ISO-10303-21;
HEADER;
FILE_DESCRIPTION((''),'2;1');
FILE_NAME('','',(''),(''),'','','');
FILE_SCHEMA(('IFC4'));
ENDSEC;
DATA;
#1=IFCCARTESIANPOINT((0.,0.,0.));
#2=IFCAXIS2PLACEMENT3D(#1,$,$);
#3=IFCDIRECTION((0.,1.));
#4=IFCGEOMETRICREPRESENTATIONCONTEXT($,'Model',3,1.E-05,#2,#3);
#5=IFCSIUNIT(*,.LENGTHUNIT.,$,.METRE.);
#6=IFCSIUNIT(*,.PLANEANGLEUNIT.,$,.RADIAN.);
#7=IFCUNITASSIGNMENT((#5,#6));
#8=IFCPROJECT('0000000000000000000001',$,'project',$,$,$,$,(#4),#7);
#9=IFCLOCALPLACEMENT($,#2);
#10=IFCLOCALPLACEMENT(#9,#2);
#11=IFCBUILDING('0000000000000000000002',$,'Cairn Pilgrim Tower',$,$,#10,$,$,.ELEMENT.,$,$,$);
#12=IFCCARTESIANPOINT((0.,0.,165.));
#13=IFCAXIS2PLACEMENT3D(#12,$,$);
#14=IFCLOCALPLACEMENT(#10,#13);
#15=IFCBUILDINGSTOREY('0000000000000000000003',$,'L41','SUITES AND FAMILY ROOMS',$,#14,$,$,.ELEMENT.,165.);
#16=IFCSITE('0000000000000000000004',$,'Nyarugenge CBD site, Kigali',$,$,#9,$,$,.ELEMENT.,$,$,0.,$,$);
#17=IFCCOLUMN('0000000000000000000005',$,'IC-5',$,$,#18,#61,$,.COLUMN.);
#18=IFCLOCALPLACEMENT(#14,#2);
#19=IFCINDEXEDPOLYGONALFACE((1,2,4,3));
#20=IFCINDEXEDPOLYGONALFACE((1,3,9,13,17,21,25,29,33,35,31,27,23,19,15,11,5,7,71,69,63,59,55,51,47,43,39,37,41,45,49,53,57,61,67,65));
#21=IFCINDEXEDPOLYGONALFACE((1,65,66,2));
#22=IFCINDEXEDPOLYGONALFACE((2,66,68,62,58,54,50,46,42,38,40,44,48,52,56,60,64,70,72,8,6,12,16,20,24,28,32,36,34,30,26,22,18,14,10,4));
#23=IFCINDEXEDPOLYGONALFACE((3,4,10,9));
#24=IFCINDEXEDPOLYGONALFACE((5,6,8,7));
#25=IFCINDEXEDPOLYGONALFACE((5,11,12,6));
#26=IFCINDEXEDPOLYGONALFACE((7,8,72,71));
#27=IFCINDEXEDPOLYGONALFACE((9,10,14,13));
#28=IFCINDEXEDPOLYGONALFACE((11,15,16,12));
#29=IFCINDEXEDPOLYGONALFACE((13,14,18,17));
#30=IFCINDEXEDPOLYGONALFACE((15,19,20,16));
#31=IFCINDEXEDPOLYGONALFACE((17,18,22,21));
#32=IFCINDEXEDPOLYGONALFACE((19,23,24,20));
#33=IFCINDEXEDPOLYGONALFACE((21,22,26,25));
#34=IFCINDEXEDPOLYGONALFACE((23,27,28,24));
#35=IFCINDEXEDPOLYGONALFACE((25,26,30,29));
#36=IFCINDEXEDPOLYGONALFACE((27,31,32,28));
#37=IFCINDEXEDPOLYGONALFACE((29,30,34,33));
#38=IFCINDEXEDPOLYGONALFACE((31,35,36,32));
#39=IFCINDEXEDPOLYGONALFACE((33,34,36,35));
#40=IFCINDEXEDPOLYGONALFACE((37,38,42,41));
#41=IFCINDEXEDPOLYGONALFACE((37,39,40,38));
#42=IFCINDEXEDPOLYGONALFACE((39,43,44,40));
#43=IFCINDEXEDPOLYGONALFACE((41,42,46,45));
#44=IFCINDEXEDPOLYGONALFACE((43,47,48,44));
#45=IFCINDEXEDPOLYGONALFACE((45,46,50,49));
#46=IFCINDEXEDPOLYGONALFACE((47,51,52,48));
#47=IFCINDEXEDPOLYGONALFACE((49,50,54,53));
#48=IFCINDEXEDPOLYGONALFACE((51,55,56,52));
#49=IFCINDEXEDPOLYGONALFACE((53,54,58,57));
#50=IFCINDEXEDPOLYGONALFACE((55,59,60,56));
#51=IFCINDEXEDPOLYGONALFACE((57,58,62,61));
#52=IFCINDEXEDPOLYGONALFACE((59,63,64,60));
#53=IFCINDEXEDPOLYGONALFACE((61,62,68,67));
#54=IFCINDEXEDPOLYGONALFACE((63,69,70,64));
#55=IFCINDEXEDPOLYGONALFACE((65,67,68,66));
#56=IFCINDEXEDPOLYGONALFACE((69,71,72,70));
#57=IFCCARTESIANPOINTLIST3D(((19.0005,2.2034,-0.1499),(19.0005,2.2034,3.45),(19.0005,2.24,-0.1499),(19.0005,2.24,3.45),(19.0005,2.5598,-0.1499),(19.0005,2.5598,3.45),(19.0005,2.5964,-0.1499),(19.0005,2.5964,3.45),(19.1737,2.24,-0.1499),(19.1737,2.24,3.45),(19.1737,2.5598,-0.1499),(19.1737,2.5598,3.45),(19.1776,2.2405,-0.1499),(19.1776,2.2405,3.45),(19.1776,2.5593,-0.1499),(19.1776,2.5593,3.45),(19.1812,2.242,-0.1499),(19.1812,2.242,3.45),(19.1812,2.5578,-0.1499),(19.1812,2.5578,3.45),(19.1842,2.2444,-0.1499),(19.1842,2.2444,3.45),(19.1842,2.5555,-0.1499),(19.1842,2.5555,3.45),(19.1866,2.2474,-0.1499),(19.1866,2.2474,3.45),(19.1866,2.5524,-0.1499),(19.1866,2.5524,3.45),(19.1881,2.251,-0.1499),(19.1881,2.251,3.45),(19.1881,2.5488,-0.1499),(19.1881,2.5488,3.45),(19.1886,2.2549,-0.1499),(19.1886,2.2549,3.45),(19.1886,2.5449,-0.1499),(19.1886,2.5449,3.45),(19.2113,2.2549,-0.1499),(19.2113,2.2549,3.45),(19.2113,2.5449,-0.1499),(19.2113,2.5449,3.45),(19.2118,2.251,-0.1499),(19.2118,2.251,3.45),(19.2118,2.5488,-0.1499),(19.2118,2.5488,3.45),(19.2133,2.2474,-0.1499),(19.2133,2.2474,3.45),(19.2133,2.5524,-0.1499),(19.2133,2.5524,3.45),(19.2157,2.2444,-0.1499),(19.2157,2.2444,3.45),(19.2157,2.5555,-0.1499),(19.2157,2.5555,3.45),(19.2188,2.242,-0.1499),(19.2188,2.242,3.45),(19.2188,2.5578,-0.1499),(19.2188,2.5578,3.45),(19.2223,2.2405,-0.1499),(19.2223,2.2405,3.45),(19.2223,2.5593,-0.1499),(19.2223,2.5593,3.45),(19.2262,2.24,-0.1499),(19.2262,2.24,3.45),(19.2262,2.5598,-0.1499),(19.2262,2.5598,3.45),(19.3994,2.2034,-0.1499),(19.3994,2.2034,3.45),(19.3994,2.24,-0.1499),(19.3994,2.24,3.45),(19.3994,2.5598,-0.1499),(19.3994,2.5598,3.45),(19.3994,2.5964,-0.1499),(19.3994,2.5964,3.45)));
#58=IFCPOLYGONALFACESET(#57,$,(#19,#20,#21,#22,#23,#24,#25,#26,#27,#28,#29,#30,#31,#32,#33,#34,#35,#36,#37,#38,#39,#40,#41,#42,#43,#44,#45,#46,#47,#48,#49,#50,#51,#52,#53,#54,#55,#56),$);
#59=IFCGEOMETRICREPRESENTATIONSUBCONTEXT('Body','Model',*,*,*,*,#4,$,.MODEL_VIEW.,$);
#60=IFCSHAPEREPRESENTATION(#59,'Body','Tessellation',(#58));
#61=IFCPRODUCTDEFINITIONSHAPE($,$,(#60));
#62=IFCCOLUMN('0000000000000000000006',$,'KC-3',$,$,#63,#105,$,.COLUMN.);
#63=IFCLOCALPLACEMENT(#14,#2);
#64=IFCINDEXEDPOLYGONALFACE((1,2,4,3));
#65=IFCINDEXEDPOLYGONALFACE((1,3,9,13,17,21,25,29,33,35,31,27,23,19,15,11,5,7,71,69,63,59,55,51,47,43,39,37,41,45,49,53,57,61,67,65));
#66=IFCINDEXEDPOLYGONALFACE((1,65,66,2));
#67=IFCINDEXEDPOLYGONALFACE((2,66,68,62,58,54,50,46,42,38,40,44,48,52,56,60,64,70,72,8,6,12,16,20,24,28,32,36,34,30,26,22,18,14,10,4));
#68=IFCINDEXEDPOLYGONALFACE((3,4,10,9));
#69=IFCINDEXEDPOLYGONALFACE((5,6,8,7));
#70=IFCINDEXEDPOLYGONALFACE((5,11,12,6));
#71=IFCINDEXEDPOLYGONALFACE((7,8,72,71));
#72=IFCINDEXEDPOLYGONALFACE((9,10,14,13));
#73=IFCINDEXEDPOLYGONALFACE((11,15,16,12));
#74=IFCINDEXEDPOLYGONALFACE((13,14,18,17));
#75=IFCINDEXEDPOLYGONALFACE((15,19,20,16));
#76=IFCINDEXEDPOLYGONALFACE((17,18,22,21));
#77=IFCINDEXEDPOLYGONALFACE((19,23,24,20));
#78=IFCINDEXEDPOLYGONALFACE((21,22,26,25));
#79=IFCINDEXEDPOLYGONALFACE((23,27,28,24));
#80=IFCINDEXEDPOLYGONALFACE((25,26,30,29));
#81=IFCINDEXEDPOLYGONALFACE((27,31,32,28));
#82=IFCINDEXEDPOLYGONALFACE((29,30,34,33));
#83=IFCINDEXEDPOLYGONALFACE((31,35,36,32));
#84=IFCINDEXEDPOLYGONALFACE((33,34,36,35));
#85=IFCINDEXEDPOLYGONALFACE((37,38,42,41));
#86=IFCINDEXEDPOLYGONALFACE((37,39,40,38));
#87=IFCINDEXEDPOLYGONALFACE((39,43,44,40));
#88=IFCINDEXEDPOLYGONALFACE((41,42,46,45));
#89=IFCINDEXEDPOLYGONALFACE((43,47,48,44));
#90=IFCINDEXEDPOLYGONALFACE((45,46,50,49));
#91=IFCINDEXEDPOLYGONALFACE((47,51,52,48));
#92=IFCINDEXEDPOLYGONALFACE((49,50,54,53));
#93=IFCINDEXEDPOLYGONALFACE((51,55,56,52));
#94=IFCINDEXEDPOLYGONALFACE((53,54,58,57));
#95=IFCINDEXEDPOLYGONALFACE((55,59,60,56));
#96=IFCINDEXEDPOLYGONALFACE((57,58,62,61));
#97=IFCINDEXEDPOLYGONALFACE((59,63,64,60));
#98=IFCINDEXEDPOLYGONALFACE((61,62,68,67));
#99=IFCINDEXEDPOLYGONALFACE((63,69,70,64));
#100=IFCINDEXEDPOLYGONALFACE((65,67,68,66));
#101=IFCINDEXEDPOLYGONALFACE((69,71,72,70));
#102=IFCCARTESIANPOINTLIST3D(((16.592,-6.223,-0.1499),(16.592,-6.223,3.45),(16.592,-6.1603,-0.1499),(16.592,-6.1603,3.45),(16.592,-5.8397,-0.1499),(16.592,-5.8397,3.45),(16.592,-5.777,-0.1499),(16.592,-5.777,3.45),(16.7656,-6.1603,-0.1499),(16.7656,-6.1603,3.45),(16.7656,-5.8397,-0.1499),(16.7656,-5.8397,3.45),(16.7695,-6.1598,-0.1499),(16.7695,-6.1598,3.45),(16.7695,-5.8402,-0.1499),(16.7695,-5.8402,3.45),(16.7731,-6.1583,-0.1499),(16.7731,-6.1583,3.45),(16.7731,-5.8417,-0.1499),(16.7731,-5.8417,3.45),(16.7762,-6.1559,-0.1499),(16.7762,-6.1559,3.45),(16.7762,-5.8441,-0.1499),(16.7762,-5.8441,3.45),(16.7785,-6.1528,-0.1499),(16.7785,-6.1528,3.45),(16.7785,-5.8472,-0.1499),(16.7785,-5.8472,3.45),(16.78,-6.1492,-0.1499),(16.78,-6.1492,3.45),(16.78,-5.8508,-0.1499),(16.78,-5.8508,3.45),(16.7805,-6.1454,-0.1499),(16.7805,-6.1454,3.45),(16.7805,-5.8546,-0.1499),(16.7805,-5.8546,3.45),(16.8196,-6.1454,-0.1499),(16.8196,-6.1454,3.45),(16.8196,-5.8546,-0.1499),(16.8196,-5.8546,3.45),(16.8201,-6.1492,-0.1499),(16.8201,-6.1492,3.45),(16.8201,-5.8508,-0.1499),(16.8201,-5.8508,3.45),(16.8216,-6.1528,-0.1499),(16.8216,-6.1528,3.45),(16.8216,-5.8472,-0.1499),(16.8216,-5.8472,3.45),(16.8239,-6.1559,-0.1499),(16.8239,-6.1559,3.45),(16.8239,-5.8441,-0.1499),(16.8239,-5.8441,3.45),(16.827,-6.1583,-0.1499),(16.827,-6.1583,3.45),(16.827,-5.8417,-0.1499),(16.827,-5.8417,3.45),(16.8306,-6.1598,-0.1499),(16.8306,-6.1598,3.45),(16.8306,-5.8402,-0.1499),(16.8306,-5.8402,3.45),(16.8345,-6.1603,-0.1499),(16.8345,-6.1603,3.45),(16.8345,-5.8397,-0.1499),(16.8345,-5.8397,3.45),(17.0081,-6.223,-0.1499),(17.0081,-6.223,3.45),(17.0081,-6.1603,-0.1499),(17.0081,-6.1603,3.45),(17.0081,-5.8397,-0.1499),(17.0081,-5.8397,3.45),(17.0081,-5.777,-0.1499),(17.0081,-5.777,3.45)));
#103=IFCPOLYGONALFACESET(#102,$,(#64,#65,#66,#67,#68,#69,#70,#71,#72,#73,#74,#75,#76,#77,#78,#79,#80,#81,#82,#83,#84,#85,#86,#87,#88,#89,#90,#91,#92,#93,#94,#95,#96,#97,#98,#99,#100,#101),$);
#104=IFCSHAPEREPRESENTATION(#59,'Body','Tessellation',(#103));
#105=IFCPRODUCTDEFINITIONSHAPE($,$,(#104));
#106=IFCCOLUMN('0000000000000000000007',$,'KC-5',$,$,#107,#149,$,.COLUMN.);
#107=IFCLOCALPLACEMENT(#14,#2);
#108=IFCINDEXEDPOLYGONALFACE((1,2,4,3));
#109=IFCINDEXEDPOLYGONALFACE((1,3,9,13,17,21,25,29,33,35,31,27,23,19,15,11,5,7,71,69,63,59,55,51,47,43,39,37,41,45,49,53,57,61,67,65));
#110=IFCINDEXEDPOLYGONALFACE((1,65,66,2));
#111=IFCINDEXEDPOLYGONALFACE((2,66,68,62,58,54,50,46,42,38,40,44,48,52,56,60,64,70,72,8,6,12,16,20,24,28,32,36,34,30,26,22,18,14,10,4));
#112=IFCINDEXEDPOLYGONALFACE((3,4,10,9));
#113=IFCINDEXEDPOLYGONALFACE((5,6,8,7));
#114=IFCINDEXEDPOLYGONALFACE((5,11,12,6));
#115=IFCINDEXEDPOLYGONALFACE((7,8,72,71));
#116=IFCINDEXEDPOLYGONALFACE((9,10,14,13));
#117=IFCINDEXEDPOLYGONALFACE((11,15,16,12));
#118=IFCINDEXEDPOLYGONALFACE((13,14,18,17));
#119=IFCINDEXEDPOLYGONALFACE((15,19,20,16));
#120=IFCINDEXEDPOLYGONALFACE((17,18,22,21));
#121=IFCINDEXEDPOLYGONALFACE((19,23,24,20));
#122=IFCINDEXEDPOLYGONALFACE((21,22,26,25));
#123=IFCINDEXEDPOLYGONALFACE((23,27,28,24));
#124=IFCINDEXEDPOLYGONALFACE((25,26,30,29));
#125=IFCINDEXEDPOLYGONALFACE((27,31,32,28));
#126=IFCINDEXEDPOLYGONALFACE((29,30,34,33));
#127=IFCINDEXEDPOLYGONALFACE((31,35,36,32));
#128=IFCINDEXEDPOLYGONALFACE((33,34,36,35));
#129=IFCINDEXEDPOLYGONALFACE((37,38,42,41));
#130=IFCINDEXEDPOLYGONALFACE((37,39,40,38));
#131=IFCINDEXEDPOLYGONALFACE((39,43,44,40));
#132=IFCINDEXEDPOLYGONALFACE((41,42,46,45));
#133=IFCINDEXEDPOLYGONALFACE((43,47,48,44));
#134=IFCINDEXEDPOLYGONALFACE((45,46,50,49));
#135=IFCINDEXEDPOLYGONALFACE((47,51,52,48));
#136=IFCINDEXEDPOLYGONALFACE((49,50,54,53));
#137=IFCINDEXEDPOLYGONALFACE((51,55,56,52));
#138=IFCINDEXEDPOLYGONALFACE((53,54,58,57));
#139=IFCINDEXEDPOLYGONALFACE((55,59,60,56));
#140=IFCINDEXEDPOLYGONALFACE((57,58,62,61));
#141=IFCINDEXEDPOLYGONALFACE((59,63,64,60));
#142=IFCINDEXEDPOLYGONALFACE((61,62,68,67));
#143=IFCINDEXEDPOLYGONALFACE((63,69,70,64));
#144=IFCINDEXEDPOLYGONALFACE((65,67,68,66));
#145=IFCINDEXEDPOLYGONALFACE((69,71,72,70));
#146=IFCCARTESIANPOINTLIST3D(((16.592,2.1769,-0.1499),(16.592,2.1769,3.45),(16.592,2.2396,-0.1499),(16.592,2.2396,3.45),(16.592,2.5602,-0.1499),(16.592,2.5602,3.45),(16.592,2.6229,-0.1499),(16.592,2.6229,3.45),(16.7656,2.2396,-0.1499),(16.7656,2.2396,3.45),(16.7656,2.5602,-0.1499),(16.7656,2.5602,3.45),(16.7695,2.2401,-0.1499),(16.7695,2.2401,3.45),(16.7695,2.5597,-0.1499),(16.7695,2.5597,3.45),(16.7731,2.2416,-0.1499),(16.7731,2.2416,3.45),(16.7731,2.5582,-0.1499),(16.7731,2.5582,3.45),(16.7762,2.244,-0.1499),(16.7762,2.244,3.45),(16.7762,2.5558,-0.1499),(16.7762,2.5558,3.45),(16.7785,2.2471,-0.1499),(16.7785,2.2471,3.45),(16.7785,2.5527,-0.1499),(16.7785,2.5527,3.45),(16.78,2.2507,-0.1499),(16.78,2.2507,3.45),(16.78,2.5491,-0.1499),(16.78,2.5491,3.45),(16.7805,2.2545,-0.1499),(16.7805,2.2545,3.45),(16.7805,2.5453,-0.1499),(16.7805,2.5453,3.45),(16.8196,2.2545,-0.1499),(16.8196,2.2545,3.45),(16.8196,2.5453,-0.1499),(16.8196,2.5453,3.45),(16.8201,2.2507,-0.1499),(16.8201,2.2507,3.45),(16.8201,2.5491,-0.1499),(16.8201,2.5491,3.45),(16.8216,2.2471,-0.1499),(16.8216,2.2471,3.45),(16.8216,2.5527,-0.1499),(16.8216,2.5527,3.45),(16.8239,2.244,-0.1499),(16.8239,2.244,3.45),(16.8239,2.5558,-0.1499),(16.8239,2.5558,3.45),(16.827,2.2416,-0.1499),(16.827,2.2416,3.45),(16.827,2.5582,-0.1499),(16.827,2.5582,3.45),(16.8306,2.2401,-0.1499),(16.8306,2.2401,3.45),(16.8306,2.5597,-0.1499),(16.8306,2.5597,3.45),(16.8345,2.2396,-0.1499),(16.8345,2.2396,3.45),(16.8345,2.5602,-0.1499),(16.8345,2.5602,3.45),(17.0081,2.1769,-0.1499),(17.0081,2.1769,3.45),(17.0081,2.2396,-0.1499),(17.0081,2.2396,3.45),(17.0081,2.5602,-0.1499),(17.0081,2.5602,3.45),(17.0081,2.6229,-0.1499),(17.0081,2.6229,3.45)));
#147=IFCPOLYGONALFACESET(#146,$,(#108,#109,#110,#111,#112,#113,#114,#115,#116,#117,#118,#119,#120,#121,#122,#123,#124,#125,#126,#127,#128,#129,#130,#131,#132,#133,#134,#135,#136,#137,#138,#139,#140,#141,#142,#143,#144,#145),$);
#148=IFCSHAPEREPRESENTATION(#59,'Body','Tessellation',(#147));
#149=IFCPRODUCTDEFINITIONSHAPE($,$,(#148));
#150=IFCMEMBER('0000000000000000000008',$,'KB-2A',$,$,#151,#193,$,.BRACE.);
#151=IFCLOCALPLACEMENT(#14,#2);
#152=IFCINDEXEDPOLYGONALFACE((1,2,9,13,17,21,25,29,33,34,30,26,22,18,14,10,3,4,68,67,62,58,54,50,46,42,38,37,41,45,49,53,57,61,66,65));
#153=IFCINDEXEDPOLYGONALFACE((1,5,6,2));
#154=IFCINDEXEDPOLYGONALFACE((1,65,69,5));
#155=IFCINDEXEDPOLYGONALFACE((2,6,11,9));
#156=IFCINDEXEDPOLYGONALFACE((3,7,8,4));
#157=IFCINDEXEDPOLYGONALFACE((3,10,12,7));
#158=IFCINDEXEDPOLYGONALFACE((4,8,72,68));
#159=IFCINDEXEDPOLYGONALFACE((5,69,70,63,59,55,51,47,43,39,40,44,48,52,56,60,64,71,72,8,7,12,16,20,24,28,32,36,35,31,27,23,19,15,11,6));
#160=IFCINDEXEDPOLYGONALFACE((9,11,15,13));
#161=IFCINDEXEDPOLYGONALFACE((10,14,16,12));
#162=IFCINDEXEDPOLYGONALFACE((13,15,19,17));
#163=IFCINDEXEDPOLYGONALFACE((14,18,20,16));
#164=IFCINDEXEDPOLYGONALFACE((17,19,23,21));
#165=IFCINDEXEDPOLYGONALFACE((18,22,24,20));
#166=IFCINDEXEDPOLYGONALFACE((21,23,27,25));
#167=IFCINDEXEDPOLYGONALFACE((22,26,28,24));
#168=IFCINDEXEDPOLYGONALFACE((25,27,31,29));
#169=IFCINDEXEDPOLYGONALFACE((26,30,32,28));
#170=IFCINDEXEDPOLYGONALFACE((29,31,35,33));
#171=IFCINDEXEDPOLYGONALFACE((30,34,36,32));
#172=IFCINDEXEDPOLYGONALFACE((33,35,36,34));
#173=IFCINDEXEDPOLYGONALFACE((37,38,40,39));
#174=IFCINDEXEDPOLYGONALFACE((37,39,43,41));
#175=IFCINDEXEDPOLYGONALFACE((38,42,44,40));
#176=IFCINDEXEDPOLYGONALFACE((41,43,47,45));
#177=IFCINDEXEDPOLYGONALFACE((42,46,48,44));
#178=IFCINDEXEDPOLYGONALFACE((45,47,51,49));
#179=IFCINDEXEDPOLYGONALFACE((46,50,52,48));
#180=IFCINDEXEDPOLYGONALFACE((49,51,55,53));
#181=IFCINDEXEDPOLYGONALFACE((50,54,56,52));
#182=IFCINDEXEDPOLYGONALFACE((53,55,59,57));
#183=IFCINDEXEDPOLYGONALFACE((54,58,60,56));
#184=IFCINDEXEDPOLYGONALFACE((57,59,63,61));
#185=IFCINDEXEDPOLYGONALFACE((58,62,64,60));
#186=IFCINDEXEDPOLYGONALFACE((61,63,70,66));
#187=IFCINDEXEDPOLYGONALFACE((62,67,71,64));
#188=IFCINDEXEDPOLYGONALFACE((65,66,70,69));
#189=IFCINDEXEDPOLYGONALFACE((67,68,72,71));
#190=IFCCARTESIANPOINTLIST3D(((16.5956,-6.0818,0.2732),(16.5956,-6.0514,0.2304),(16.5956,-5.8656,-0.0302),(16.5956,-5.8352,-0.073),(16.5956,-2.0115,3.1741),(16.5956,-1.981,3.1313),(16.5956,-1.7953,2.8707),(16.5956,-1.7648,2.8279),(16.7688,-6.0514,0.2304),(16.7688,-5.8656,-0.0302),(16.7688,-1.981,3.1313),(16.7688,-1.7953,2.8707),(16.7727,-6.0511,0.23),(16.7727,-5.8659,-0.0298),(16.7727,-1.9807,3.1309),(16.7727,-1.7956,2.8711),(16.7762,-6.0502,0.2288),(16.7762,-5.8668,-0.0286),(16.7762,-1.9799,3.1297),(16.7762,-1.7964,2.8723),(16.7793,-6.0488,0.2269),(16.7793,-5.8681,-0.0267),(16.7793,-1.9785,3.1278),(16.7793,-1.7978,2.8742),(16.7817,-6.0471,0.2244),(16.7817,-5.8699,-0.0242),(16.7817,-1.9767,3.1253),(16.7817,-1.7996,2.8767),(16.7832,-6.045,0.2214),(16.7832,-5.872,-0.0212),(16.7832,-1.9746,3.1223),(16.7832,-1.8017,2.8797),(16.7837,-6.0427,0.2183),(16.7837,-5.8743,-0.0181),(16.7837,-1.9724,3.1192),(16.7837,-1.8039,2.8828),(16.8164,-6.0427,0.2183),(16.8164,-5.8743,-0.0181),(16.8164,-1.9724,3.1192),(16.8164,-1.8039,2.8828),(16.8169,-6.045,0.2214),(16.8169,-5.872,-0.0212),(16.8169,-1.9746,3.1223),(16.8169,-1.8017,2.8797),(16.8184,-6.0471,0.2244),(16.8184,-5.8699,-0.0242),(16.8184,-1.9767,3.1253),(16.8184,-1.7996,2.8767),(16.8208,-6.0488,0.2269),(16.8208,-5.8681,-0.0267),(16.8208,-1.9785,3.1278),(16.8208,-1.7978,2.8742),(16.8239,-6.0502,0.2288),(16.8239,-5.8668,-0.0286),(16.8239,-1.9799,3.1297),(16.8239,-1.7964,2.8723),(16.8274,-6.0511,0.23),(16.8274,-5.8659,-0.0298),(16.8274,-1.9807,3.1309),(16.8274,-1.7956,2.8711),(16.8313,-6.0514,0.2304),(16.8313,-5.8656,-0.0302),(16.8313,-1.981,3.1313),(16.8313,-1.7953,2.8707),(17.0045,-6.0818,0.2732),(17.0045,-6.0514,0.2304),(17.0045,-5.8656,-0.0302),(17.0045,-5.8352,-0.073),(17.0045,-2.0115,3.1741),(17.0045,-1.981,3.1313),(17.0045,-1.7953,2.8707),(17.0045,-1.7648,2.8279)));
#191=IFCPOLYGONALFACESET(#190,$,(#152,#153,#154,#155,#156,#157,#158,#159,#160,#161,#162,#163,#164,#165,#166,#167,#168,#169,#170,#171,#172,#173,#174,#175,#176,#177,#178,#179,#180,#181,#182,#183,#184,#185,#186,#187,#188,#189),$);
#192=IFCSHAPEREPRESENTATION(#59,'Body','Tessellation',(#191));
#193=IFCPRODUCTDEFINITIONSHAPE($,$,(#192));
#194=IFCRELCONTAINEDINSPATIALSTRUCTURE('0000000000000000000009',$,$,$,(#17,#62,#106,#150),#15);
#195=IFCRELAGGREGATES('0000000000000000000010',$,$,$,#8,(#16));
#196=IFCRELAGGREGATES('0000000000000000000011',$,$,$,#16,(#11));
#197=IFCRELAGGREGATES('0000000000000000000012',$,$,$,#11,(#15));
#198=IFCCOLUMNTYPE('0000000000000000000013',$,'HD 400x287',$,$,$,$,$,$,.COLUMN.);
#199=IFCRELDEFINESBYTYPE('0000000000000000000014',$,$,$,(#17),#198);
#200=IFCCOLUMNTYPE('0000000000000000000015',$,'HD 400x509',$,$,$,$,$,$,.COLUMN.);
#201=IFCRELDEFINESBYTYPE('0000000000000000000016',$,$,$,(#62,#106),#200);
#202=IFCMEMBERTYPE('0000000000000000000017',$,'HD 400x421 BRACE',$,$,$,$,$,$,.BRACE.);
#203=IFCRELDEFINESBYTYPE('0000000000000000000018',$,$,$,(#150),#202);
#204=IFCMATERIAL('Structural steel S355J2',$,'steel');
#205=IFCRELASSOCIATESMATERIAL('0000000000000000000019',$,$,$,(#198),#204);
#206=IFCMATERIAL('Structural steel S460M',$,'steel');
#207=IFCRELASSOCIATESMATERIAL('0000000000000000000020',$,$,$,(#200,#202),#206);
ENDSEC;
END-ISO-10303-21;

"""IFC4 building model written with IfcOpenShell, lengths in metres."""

from ifc_helpers import new_model, si_unit, direction, frame, origin, origin_2d, place, context, subcontext, project, spatial, i_section, extrude, material, material_profile, profile_set, type_object, element, save


model = new_model("IFC4")

# Units and contexts
model_context = context("Model", 3, precision=1e-05, world=origin(), true_north=direction((0.0, 1.0)))
body_context = subcontext(model_context, "Body", "Model", "MODEL_VIEW")
ifc_project = project(units=[si_unit("LENGTHUNIT", "METRE"), si_unit("PLANEANGLEUNIT", "RADIAN")], contexts=[model_context])

# Site, building, storey
site_placement = place(None, origin())
site = spatial("IfcSite", under=ifc_project, at=site_placement, Name="Nyarugenge CBD site, Kigali", CompositionType="ELEMENT", RefElevation=0.0)
building_placement = place(site_placement, origin())
building = spatial("IfcBuilding", under=site, at=building_placement, Name="Cairn Pilgrim Tower", CompositionType="ELEMENT")
storey_placement = place(building_placement, frame((0.0, 0.0, 165.0)))
storey = spatial("IfcBuildingStorey", under=building, at=storey_placement, Name="L41", Description="SUITES AND FAMILY ROOMS", CompositionType="ELEMENT", Elevation=165.0)

# Columns
ifc_material_1 = material(Name="Structural steel S355J2", Category="steel")
ifc_material_profile_1 = material_profile(ifc_material_1, i_section(OverallWidth=0.3989, OverallDepth=0.3931, WebThickness=0.0227, FlangeThickness=0.0366, FilletRadius=0.0149, at=origin_2d()), Name="HD 400x287")
ifc_profile_set_1 = profile_set([ifc_material_profile_1], Name="Structural steel S355J2")
column_type_1 = type_object("IfcColumnType", Name="HD 400x287", PredefinedType="COLUMN", material=ifc_profile_set_1)
column_placement = place(storey_placement, frame((19.2, 2.3999, -0.1499), z_axis=(0.0, 0.0, 1.0), x_axis=(1.0, 0.0, 0.0)))
element("IfcColumn", 1, at=column_placement, inside=storey, type_object=column_type_1, Name="IC-5", PredefinedType="COLUMN", context=body_context, shape_type="SweptSolid", body=[
    extrude(i_section(OverallWidth=0.3989, OverallDepth=0.3931, WebThickness=0.0227, FlangeThickness=0.0366, FilletRadius=0.0149, at=origin_2d()), origin(), (0.0, 0.0, 1.0), 3.5999),
])
ifc_material_2 = material(Name="Structural steel S460M", Category="steel")
ifc_material_profile_2 = material_profile(ifc_material_2, i_section(OverallWidth=0.416, OverallDepth=0.446, WebThickness=0.0391, FlangeThickness=0.0627, FilletRadius=0.0149, at=origin_2d()), Name="HD 400x509")
ifc_profile_set_2 = profile_set([ifc_material_profile_2], Name="Structural steel S460M")
column_type_2 = type_object("IfcColumnType", Name="HD 400x509", PredefinedType="COLUMN", material=ifc_profile_set_2)
for number, where, z_axis, x_axis, name in (
    (2, (16.8, -6.0, -0.1499), (0.0, 0.0, 1.0), (1.0, 0.0, 0.0), "KC-3"),
    (3, (16.8, 2.3999, -0.1499), (0.0, 0.0, 1.0), (1.0, 0.0, 0.0), "KC-5"),
):
    element("IfcColumn", number, at=place(storey_placement, frame(where, z_axis=z_axis, x_axis=x_axis)), inside=storey, type_object=column_type_2, Name=name, PredefinedType="COLUMN", context=body_context, shape_type="SweptSolid", body=[
        extrude(i_section(OverallWidth=0.416, OverallDepth=0.446, WebThickness=0.0391, FlangeThickness=0.0627, FilletRadius=0.0149, at=origin_2d()), origin(), (0.0, 0.0, 1.0), 3.5999),
    ])

# Member
ifc_material_profile_3 = material_profile(ifc_material_2, i_section(OverallWidth=0.4089, OverallDepth=0.425, WebThickness=0.0327, FlangeThickness=0.0525, FilletRadius=0.0149, at=origin_2d()), Name="HD 400x421")
ifc_profile_set_3 = profile_set([ifc_material_profile_3], Name="Structural steel S460M")
member_type = type_object("IfcMemberType", Name="HD 400x421 BRACE", PredefinedType="BRACE", material=ifc_profile_set_3)
member_1_placement = place(storey_placement, frame((16.8, -5.9585, 0.1001), z_axis=(0.0, 0.814347, 0.580378), x_axis=(-1.0, 0.0, 0.0)))
element("IfcMember", 4, at=member_1_placement, inside=storey, type_object=member_type, Name="KB-2A", PredefinedType="BRACE", context=body_context, shape_type="SweptSolid", body=[
    extrude(i_section(OverallWidth=0.4089, OverallDepth=0.425, WebThickness=0.0327, FlangeThickness=0.0525, FilletRadius=0.0149, at=origin_2d()), origin(), (0.0, 0.0, 1.0), 4.9983),
])

save(model, "model.ifc")
